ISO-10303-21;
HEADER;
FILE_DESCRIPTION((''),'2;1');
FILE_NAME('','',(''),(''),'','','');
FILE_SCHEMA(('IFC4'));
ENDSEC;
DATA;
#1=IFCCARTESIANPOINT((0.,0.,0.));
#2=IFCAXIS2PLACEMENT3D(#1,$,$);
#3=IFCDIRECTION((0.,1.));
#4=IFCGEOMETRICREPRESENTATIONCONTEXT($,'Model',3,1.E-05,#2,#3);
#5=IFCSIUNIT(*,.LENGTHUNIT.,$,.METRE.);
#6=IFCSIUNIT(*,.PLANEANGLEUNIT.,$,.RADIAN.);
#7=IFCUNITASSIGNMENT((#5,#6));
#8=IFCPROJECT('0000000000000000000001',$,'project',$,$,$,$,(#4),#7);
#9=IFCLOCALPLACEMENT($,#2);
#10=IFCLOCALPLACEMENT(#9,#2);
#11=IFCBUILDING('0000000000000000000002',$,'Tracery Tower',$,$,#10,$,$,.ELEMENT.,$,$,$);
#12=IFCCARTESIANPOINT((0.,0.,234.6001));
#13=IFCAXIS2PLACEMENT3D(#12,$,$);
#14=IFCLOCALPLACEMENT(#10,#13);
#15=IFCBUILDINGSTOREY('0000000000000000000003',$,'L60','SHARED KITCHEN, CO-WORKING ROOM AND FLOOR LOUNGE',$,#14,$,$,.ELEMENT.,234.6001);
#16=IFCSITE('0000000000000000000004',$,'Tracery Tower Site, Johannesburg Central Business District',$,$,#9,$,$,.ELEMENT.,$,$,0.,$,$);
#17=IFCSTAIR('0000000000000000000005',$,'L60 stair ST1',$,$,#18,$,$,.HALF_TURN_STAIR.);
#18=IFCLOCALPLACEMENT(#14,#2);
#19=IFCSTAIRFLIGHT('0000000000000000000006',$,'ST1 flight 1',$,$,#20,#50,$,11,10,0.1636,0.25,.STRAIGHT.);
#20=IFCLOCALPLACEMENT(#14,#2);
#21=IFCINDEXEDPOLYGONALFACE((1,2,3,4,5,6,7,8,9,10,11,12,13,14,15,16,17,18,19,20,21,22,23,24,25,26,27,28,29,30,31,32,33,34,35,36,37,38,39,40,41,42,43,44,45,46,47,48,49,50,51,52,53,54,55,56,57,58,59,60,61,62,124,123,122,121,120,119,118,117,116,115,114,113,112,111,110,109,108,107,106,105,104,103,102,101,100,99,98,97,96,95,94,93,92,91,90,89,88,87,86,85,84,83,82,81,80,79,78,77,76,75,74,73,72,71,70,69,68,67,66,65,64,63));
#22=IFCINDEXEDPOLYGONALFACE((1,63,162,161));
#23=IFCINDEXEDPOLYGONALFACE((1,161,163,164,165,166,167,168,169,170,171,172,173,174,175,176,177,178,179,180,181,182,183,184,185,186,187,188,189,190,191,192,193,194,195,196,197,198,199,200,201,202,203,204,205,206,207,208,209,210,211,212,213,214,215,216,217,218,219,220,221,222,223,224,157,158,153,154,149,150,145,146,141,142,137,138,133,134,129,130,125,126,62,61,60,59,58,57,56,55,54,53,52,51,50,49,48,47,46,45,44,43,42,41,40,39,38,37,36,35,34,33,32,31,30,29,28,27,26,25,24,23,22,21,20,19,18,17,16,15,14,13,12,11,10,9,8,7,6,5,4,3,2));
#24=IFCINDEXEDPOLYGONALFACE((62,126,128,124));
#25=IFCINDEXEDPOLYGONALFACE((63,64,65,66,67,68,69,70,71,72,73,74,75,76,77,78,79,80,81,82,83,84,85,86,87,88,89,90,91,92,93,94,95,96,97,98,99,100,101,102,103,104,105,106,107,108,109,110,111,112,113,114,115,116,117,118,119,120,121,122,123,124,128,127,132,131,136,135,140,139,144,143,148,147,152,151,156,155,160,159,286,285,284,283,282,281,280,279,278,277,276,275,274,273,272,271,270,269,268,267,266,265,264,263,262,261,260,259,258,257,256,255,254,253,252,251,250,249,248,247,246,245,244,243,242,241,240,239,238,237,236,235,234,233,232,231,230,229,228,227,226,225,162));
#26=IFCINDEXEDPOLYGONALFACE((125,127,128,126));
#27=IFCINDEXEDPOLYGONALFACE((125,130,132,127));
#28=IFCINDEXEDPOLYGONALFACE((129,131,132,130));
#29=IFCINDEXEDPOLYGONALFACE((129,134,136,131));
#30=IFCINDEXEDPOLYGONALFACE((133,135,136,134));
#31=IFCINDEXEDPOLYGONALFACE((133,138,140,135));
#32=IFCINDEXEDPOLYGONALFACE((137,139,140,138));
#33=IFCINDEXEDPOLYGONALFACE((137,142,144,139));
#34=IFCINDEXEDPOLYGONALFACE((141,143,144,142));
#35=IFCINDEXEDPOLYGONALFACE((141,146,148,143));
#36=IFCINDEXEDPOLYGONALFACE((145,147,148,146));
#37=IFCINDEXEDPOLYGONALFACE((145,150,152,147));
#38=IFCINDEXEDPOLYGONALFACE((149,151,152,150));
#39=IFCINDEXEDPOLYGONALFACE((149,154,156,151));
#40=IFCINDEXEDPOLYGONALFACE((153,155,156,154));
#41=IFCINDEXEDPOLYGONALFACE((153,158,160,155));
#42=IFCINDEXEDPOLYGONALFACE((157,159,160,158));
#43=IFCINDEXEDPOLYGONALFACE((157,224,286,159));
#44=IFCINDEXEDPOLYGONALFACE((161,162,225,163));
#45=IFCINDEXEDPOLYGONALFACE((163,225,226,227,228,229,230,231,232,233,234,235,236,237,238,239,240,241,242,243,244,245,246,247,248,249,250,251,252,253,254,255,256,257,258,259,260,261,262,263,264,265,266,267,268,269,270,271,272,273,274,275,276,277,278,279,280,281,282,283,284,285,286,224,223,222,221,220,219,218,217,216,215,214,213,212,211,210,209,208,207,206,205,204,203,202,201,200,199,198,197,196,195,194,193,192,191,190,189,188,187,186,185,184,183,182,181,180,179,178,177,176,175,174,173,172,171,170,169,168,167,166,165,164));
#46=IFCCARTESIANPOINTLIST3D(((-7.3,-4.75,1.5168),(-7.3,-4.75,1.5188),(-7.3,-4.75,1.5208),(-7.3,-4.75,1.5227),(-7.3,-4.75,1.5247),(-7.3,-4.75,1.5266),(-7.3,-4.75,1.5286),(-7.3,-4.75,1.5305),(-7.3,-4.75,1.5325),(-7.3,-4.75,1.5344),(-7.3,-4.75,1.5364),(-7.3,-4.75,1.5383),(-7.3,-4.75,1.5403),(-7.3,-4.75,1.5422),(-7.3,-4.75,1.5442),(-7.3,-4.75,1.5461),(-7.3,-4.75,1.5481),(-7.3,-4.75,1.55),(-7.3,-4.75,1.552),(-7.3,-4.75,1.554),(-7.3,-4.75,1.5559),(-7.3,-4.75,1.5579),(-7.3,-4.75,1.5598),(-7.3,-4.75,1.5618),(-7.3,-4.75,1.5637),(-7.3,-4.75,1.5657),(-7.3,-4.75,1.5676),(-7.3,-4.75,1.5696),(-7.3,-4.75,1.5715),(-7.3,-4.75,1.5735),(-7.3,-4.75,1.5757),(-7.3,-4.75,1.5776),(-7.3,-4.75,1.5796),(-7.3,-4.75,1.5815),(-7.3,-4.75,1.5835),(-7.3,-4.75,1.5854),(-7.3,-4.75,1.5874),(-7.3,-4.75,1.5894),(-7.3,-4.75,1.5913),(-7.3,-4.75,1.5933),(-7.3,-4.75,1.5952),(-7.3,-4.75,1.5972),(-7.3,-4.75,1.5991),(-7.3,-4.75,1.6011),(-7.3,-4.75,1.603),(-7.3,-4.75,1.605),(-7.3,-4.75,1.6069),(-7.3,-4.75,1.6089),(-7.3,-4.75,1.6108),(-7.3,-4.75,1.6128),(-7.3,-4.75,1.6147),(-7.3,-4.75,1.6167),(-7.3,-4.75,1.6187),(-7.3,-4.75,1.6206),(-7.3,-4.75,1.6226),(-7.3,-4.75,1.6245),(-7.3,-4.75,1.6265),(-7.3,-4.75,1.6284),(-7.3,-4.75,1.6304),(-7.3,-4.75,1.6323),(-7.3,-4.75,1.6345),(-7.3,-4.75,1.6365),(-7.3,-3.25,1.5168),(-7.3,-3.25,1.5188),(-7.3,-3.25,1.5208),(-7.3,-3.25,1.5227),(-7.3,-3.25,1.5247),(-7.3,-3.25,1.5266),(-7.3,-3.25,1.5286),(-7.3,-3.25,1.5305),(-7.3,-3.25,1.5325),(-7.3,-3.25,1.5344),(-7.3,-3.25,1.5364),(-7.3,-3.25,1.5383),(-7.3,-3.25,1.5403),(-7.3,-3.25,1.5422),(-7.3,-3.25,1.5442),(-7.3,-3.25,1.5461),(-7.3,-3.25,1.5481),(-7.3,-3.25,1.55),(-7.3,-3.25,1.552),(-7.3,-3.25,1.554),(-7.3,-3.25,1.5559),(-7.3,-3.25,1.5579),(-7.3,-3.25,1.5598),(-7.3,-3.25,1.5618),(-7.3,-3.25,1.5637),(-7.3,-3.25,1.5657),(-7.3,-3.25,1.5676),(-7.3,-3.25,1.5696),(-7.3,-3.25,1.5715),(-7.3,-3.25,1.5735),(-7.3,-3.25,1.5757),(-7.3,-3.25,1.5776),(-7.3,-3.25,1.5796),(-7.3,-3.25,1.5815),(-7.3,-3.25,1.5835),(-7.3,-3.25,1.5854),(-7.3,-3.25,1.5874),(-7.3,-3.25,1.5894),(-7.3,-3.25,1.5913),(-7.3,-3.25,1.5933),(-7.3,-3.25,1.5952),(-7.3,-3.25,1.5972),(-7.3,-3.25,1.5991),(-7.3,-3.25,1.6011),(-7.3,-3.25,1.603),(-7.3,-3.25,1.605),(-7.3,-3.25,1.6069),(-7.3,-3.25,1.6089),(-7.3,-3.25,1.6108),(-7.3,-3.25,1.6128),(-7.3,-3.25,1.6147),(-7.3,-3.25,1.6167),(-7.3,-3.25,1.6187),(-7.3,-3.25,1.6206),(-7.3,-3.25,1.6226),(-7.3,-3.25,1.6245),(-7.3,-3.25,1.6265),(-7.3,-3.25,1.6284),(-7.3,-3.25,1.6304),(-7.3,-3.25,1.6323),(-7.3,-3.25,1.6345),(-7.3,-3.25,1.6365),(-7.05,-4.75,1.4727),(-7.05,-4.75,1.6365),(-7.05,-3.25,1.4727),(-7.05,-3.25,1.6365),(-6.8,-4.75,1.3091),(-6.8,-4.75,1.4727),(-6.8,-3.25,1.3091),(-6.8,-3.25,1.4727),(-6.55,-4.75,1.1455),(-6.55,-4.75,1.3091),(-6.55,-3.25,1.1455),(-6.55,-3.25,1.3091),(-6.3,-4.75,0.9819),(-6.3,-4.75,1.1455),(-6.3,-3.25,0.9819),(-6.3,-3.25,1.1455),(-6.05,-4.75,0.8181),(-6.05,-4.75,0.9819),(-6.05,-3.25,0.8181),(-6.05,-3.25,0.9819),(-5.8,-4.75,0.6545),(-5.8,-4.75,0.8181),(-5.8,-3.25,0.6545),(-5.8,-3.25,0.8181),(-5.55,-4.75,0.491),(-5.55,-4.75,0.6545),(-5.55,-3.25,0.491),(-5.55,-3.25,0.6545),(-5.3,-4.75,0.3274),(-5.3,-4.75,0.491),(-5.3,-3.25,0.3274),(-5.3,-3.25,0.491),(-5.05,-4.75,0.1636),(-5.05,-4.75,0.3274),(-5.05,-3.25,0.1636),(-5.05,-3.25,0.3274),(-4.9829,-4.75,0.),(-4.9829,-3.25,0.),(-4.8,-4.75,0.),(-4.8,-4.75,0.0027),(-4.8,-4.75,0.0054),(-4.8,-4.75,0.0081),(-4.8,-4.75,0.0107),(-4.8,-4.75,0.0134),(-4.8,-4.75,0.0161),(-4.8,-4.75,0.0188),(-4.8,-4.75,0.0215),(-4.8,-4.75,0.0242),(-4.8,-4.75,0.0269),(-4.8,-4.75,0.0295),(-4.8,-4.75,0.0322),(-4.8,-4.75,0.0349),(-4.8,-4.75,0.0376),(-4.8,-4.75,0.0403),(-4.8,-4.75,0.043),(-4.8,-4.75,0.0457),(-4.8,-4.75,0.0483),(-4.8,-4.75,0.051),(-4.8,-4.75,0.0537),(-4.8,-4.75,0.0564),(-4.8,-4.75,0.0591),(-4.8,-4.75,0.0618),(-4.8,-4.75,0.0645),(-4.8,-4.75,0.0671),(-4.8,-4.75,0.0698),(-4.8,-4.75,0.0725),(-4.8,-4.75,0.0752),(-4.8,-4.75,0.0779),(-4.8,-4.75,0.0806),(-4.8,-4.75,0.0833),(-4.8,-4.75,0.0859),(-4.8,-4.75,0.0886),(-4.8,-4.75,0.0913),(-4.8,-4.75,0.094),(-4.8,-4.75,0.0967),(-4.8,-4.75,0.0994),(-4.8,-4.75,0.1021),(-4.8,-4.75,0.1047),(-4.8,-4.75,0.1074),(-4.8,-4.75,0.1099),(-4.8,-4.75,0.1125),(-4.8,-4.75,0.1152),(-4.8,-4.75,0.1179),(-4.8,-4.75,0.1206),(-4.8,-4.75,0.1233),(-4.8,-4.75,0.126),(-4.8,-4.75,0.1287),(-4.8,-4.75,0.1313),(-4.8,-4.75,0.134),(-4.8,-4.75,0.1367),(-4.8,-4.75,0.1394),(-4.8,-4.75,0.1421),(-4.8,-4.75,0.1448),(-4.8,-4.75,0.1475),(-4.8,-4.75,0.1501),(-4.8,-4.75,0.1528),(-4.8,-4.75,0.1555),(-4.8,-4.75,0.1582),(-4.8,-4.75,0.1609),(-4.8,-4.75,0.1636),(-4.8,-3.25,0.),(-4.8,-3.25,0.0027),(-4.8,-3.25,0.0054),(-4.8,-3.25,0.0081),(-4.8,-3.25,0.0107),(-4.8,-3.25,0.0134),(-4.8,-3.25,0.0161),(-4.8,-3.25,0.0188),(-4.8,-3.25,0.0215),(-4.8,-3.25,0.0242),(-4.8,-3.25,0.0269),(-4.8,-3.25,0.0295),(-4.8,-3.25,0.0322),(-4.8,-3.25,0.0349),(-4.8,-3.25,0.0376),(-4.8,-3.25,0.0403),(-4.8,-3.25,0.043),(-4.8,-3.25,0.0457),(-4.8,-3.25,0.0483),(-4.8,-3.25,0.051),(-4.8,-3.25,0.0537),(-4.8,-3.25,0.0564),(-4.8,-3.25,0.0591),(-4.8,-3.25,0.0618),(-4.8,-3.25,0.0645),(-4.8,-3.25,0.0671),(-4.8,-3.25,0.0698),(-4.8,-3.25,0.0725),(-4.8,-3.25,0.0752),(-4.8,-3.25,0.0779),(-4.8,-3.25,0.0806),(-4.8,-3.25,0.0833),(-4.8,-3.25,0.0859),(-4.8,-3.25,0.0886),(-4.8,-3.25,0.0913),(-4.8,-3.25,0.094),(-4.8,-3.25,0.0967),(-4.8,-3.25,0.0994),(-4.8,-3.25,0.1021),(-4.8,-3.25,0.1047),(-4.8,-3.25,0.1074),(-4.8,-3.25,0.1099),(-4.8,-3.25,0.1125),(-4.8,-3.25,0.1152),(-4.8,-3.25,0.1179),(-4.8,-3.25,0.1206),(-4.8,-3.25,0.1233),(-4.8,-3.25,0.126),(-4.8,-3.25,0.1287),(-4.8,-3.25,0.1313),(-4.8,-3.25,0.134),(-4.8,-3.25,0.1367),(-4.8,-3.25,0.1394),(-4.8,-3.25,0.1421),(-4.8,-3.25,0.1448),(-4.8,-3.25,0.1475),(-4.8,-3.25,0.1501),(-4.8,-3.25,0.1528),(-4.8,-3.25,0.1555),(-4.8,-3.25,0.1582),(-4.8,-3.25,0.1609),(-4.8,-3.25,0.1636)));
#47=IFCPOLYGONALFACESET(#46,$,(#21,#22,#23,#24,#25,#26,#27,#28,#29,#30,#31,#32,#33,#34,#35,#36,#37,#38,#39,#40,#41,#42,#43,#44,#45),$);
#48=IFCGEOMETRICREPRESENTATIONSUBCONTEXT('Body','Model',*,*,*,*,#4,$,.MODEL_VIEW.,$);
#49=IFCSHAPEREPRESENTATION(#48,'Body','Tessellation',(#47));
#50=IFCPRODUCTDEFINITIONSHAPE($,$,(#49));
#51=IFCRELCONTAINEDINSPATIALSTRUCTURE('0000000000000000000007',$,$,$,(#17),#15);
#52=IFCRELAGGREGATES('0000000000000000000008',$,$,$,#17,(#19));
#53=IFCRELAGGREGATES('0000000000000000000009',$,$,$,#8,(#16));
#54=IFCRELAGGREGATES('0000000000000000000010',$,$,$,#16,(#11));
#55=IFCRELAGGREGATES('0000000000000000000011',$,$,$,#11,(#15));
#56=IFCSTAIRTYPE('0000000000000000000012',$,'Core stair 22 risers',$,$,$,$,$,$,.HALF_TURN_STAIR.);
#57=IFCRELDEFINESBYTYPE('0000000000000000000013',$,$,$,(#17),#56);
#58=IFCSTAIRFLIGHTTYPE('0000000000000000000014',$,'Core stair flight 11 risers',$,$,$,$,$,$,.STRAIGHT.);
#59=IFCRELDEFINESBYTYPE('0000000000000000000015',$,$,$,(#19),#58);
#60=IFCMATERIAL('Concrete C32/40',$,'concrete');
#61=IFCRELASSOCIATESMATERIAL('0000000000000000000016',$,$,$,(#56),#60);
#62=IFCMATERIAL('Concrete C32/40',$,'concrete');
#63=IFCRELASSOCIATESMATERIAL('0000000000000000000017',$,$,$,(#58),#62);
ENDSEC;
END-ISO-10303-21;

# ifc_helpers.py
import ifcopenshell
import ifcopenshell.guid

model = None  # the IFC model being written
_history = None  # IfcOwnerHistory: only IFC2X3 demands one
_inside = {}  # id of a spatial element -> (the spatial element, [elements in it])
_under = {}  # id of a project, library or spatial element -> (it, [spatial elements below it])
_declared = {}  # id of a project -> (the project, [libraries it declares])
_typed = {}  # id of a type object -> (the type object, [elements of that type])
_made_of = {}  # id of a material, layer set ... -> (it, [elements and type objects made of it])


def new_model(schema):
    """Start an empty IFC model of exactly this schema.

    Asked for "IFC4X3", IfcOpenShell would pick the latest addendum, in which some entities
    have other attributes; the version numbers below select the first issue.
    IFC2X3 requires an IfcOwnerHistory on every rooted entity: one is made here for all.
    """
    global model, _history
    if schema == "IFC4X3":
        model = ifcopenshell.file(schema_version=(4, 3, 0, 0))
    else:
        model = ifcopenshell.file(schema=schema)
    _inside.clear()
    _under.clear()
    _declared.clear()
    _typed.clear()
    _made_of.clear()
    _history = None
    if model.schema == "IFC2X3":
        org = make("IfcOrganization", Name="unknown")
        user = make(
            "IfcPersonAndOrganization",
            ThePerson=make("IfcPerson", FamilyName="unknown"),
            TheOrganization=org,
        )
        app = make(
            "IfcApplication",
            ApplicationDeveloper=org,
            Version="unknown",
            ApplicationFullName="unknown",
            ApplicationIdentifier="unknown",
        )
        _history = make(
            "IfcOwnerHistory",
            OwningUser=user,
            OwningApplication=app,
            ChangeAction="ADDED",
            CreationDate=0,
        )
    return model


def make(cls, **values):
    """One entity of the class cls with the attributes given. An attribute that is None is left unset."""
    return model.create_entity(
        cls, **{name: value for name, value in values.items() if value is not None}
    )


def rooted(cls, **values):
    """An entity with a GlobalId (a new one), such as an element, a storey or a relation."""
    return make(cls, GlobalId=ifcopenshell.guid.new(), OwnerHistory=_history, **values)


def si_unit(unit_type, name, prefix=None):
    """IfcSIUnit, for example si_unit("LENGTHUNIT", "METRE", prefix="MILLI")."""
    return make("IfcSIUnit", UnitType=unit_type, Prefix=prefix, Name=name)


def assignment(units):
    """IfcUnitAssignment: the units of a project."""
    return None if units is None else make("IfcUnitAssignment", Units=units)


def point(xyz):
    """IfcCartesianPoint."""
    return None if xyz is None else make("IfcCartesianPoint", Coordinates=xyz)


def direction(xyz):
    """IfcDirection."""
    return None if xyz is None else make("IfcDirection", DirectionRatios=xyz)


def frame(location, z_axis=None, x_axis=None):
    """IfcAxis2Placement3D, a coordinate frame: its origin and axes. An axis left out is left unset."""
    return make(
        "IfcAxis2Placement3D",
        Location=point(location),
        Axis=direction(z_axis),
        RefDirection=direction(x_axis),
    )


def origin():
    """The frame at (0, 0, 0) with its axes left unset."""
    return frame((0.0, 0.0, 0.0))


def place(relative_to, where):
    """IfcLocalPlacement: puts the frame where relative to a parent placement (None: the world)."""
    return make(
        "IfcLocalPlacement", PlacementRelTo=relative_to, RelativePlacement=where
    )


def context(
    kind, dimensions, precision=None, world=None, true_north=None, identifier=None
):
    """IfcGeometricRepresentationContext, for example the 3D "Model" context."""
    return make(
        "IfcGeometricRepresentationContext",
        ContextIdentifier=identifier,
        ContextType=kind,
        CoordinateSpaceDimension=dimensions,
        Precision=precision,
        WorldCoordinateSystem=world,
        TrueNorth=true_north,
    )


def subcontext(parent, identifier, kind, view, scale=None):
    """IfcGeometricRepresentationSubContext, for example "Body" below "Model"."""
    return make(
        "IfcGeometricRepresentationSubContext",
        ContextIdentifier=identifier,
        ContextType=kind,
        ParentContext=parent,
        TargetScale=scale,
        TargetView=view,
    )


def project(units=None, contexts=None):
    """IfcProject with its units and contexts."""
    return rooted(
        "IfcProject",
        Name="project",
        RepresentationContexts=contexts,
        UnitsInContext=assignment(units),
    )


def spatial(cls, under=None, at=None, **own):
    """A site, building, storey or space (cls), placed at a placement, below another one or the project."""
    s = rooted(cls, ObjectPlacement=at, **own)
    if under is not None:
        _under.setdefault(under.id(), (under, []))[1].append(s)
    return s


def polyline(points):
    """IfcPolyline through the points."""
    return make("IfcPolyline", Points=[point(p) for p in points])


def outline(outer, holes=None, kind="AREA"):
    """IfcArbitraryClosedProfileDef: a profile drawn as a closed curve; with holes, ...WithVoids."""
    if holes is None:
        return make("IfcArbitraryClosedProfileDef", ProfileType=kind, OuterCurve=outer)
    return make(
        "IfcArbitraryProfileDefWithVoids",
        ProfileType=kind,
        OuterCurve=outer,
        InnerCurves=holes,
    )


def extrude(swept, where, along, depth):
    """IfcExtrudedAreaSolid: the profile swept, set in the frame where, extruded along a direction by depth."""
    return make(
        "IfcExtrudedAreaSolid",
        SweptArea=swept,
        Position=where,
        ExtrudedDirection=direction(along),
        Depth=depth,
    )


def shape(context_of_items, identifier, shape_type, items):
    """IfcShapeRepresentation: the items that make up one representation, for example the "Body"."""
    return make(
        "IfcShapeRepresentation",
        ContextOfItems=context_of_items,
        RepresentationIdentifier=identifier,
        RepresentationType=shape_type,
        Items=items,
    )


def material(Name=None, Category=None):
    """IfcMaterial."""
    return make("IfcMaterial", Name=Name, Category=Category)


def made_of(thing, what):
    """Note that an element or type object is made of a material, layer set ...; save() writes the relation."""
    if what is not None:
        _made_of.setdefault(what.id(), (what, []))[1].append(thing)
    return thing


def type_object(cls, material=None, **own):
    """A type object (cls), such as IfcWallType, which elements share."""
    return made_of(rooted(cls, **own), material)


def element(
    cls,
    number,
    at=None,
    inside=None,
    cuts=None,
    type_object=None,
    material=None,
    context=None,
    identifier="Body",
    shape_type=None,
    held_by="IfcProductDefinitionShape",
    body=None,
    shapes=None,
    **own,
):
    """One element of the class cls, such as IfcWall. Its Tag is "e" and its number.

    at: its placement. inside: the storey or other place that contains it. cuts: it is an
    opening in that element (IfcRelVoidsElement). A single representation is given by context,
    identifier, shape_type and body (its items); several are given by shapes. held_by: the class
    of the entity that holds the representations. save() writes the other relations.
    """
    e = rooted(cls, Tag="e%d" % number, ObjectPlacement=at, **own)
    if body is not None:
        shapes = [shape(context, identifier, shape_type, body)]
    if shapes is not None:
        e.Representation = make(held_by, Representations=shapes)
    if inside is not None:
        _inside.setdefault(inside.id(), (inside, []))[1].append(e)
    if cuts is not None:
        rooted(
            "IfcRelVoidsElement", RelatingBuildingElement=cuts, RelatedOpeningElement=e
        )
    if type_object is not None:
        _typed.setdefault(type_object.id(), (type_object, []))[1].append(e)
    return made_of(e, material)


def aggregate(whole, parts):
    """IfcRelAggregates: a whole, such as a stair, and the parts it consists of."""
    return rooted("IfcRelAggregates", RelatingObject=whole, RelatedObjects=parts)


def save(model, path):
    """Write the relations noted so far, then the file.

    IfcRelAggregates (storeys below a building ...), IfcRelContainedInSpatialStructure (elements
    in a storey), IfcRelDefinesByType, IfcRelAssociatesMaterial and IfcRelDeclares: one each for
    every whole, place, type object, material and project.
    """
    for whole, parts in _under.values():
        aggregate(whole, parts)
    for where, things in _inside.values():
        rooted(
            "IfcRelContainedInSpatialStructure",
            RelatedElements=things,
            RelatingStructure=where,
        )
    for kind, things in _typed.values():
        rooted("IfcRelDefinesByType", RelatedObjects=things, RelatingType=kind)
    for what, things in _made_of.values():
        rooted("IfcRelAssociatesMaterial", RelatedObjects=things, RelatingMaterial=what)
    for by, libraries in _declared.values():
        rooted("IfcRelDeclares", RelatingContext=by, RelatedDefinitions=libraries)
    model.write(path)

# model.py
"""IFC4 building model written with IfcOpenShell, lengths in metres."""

from ifc_helpers import new_model, si_unit, direction, frame, origin, place, context, subcontext, project, spatial, polyline, outline, extrude, material, type_object, element, aggregate, save


model = new_model("IFC4")

# Units and contexts
model_context = context("Model", 3, precision=1e-05, world=origin(), true_north=direction((0.0, 1.0)))
body_context = subcontext(model_context, "Body", "Model", "MODEL_VIEW")
ifc_project = project(units=[si_unit("LENGTHUNIT", "METRE"), si_unit("PLANEANGLEUNIT", "RADIAN")], contexts=[model_context])

# Site, building, storey
site_placement = place(None, origin())
site = spatial("IfcSite", under=ifc_project, at=site_placement, Name="Tracery Tower Site, Johannesburg Central Business District", CompositionType="ELEMENT", RefElevation=0.0)
building_placement = place(site_placement, origin())
building = spatial("IfcBuilding", under=site, at=building_placement, Name="Tracery Tower", CompositionType="ELEMENT")
storey_placement = place(building_placement, frame((0.0, 0.0, 234.6001)))
storey = spatial("IfcBuildingStorey", under=building, at=storey_placement, Name="L60", Description="SHARED KITCHEN, CO-WORKING ROOM AND FLOOR LOUNGE", CompositionType="ELEMENT", Elevation=234.6001)

# Stair, stair flight
ifc_material_1 = material(Name="Concrete C32/40", Category="concrete")
stair_type = type_object("IfcStairType", Name="Core stair 22 risers", PredefinedType="HALF_TURN_STAIR", material=ifc_material_1)
stair_placement = place(storey_placement, origin())
stair = element("IfcStair", 1, at=stair_placement, inside=storey, type_object=stair_type, Name="L60 stair ST1", PredefinedType="HALF_TURN_STAIR")
ifc_material_2 = material(Name="Concrete C32/40", Category="concrete")
stair_flight_type = type_object("IfcStairFlightType", Name="Core stair flight 11 risers", PredefinedType="STRAIGHT", material=ifc_material_2)
stair_flight_1_placement = place(storey_placement, frame((-4.8, -4.0, 0.0), z_axis=(0.0, 0.0, 1.0), x_axis=(-1.0, 0.0, 0.0)))
stair_flight_1 = element("IfcStairFlight", 2, at=stair_flight_1_placement, type_object=stair_flight_type, Name="ST1 flight 1", NumberOfRisers=11, NumberOfTreads=10, PredefinedType="STRAIGHT", RiserHeight=0.1636, TreadLength=0.25, context=body_context, shape_type="SweptSolid", body=[
    extrude(outline(polyline([(0.0, 0.0), (0.0, 0.0027), (0.0, 0.0054), (0.0, 0.0081), (0.0, 0.0107), (0.0, 0.0134), (0.0, 0.0161), (0.0, 0.0188), (0.0, 0.0215), (0.0, 0.0242), (0.0, 0.0269), (0.0, 0.0295), (0.0, 0.0322), (0.0, 0.0349), (0.0, 0.0376), (0.0, 0.0403), (0.0, 0.043), (0.0, 0.0457), (0.0, 0.0483), (0.0, 0.051), (0.0, 0.0537), (0.0, 0.0564), (0.0, 0.0591), (0.0, 0.0618), (0.0, 0.0645), (0.0, 0.0671), (0.0, 0.0698), (0.0, 0.0725), (0.0, 0.0752), (0.0, 0.0779), (0.0, 0.0806), (0.0, 0.0833), (0.0, 0.0859), (0.0, 0.0886), (0.0, 0.0913), (0.0, 0.094), (0.0, 0.0967), (0.0, 0.0994), (0.0, 0.1021), (0.0, 0.1047), (0.0, 0.1074), (0.0, 0.1099), (0.0, 0.1125), (0.0, 0.1152), (0.0, 0.1179), (0.0, 0.1206), (0.0, 0.1233), (0.0, 0.126), (0.0, 0.1287), (0.0, 0.1313), (0.0, 0.134), (0.0, 0.1367), (0.0, 0.1394), (0.0, 0.1421), (0.0, 0.1448), (0.0, 0.1475), (0.0, 0.1501), (0.0, 0.1528), (0.0, 0.1555), (0.0, 0.1582), (0.0, 0.1609), (0.0, 0.1636), (0.25, 0.1636), (0.25, 0.3274), (0.5, 0.3274), (0.5, 0.491), (0.75, 0.491), (0.75, 0.6545), (1.0, 0.6545), (1.0, 0.8181), (1.25, 0.8181), (1.25, 0.9819), (1.5, 0.9819), (1.5, 1.1455), (1.75, 1.1455), (1.75, 1.3091), (2.0, 1.3091), (2.0, 1.4727), (2.25, 1.4727), (2.25, 1.6365), (2.5, 1.6365), (2.5, 1.6345), (2.5, 1.6323), (2.5, 1.6304), (2.5, 1.6284), (2.5, 1.6265), (2.5, 1.6245), (2.5, 1.6226), (2.5, 1.6206), (2.5, 1.6187), (2.5, 1.6167), (2.5, 1.6147), (2.5, 1.6128), (2.5, 1.6108), (2.5, 1.6089), (2.5, 1.6069), (2.5, 1.605), (2.5, 1.603), (2.5, 1.6011), (2.5, 1.5991), (2.5, 1.5972), (2.5, 1.5952), (2.5, 1.5933), (2.5, 1.5913), (2.5, 1.5894), (2.5, 1.5874), (2.5, 1.5854), (2.5, 1.5835), (2.5, 1.5815), (2.5, 1.5796), (2.5, 1.5776), (2.5, 1.5757), (2.5, 1.5735), (2.5, 1.5715), (2.5, 1.5696), (2.5, 1.5676), (2.5, 1.5657), (2.5, 1.5637), (2.5, 1.5618), (2.5, 1.5598), (2.5, 1.5579), (2.5, 1.5559), (2.5, 1.554), (2.5, 1.552), (2.5, 1.55), (2.5, 1.5481), (2.5, 1.5461), (2.5, 1.5442), (2.5, 1.5422), (2.5, 1.5403), (2.5, 1.5383), (2.5, 1.5364), (2.5, 1.5344), (2.5, 1.5325), (2.5, 1.5305), (2.5, 1.5286), (2.5, 1.5266), (2.5, 1.5247), (2.5, 1.5227), (2.5, 1.5208), (2.5, 1.5188), (2.5, 1.5168), (0.1829, 0.0), (0.0, 0.0)])), frame((0.0, 0.75, 0.0), z_axis=(0.0, -1.0, 0.0), x_axis=(1.0, 0.0, 0.0)), (0.0, 0.0, 1.0), 1.5),
])
aggregate(stair, [stair_flight_1])

save(model, "model.ifc")
